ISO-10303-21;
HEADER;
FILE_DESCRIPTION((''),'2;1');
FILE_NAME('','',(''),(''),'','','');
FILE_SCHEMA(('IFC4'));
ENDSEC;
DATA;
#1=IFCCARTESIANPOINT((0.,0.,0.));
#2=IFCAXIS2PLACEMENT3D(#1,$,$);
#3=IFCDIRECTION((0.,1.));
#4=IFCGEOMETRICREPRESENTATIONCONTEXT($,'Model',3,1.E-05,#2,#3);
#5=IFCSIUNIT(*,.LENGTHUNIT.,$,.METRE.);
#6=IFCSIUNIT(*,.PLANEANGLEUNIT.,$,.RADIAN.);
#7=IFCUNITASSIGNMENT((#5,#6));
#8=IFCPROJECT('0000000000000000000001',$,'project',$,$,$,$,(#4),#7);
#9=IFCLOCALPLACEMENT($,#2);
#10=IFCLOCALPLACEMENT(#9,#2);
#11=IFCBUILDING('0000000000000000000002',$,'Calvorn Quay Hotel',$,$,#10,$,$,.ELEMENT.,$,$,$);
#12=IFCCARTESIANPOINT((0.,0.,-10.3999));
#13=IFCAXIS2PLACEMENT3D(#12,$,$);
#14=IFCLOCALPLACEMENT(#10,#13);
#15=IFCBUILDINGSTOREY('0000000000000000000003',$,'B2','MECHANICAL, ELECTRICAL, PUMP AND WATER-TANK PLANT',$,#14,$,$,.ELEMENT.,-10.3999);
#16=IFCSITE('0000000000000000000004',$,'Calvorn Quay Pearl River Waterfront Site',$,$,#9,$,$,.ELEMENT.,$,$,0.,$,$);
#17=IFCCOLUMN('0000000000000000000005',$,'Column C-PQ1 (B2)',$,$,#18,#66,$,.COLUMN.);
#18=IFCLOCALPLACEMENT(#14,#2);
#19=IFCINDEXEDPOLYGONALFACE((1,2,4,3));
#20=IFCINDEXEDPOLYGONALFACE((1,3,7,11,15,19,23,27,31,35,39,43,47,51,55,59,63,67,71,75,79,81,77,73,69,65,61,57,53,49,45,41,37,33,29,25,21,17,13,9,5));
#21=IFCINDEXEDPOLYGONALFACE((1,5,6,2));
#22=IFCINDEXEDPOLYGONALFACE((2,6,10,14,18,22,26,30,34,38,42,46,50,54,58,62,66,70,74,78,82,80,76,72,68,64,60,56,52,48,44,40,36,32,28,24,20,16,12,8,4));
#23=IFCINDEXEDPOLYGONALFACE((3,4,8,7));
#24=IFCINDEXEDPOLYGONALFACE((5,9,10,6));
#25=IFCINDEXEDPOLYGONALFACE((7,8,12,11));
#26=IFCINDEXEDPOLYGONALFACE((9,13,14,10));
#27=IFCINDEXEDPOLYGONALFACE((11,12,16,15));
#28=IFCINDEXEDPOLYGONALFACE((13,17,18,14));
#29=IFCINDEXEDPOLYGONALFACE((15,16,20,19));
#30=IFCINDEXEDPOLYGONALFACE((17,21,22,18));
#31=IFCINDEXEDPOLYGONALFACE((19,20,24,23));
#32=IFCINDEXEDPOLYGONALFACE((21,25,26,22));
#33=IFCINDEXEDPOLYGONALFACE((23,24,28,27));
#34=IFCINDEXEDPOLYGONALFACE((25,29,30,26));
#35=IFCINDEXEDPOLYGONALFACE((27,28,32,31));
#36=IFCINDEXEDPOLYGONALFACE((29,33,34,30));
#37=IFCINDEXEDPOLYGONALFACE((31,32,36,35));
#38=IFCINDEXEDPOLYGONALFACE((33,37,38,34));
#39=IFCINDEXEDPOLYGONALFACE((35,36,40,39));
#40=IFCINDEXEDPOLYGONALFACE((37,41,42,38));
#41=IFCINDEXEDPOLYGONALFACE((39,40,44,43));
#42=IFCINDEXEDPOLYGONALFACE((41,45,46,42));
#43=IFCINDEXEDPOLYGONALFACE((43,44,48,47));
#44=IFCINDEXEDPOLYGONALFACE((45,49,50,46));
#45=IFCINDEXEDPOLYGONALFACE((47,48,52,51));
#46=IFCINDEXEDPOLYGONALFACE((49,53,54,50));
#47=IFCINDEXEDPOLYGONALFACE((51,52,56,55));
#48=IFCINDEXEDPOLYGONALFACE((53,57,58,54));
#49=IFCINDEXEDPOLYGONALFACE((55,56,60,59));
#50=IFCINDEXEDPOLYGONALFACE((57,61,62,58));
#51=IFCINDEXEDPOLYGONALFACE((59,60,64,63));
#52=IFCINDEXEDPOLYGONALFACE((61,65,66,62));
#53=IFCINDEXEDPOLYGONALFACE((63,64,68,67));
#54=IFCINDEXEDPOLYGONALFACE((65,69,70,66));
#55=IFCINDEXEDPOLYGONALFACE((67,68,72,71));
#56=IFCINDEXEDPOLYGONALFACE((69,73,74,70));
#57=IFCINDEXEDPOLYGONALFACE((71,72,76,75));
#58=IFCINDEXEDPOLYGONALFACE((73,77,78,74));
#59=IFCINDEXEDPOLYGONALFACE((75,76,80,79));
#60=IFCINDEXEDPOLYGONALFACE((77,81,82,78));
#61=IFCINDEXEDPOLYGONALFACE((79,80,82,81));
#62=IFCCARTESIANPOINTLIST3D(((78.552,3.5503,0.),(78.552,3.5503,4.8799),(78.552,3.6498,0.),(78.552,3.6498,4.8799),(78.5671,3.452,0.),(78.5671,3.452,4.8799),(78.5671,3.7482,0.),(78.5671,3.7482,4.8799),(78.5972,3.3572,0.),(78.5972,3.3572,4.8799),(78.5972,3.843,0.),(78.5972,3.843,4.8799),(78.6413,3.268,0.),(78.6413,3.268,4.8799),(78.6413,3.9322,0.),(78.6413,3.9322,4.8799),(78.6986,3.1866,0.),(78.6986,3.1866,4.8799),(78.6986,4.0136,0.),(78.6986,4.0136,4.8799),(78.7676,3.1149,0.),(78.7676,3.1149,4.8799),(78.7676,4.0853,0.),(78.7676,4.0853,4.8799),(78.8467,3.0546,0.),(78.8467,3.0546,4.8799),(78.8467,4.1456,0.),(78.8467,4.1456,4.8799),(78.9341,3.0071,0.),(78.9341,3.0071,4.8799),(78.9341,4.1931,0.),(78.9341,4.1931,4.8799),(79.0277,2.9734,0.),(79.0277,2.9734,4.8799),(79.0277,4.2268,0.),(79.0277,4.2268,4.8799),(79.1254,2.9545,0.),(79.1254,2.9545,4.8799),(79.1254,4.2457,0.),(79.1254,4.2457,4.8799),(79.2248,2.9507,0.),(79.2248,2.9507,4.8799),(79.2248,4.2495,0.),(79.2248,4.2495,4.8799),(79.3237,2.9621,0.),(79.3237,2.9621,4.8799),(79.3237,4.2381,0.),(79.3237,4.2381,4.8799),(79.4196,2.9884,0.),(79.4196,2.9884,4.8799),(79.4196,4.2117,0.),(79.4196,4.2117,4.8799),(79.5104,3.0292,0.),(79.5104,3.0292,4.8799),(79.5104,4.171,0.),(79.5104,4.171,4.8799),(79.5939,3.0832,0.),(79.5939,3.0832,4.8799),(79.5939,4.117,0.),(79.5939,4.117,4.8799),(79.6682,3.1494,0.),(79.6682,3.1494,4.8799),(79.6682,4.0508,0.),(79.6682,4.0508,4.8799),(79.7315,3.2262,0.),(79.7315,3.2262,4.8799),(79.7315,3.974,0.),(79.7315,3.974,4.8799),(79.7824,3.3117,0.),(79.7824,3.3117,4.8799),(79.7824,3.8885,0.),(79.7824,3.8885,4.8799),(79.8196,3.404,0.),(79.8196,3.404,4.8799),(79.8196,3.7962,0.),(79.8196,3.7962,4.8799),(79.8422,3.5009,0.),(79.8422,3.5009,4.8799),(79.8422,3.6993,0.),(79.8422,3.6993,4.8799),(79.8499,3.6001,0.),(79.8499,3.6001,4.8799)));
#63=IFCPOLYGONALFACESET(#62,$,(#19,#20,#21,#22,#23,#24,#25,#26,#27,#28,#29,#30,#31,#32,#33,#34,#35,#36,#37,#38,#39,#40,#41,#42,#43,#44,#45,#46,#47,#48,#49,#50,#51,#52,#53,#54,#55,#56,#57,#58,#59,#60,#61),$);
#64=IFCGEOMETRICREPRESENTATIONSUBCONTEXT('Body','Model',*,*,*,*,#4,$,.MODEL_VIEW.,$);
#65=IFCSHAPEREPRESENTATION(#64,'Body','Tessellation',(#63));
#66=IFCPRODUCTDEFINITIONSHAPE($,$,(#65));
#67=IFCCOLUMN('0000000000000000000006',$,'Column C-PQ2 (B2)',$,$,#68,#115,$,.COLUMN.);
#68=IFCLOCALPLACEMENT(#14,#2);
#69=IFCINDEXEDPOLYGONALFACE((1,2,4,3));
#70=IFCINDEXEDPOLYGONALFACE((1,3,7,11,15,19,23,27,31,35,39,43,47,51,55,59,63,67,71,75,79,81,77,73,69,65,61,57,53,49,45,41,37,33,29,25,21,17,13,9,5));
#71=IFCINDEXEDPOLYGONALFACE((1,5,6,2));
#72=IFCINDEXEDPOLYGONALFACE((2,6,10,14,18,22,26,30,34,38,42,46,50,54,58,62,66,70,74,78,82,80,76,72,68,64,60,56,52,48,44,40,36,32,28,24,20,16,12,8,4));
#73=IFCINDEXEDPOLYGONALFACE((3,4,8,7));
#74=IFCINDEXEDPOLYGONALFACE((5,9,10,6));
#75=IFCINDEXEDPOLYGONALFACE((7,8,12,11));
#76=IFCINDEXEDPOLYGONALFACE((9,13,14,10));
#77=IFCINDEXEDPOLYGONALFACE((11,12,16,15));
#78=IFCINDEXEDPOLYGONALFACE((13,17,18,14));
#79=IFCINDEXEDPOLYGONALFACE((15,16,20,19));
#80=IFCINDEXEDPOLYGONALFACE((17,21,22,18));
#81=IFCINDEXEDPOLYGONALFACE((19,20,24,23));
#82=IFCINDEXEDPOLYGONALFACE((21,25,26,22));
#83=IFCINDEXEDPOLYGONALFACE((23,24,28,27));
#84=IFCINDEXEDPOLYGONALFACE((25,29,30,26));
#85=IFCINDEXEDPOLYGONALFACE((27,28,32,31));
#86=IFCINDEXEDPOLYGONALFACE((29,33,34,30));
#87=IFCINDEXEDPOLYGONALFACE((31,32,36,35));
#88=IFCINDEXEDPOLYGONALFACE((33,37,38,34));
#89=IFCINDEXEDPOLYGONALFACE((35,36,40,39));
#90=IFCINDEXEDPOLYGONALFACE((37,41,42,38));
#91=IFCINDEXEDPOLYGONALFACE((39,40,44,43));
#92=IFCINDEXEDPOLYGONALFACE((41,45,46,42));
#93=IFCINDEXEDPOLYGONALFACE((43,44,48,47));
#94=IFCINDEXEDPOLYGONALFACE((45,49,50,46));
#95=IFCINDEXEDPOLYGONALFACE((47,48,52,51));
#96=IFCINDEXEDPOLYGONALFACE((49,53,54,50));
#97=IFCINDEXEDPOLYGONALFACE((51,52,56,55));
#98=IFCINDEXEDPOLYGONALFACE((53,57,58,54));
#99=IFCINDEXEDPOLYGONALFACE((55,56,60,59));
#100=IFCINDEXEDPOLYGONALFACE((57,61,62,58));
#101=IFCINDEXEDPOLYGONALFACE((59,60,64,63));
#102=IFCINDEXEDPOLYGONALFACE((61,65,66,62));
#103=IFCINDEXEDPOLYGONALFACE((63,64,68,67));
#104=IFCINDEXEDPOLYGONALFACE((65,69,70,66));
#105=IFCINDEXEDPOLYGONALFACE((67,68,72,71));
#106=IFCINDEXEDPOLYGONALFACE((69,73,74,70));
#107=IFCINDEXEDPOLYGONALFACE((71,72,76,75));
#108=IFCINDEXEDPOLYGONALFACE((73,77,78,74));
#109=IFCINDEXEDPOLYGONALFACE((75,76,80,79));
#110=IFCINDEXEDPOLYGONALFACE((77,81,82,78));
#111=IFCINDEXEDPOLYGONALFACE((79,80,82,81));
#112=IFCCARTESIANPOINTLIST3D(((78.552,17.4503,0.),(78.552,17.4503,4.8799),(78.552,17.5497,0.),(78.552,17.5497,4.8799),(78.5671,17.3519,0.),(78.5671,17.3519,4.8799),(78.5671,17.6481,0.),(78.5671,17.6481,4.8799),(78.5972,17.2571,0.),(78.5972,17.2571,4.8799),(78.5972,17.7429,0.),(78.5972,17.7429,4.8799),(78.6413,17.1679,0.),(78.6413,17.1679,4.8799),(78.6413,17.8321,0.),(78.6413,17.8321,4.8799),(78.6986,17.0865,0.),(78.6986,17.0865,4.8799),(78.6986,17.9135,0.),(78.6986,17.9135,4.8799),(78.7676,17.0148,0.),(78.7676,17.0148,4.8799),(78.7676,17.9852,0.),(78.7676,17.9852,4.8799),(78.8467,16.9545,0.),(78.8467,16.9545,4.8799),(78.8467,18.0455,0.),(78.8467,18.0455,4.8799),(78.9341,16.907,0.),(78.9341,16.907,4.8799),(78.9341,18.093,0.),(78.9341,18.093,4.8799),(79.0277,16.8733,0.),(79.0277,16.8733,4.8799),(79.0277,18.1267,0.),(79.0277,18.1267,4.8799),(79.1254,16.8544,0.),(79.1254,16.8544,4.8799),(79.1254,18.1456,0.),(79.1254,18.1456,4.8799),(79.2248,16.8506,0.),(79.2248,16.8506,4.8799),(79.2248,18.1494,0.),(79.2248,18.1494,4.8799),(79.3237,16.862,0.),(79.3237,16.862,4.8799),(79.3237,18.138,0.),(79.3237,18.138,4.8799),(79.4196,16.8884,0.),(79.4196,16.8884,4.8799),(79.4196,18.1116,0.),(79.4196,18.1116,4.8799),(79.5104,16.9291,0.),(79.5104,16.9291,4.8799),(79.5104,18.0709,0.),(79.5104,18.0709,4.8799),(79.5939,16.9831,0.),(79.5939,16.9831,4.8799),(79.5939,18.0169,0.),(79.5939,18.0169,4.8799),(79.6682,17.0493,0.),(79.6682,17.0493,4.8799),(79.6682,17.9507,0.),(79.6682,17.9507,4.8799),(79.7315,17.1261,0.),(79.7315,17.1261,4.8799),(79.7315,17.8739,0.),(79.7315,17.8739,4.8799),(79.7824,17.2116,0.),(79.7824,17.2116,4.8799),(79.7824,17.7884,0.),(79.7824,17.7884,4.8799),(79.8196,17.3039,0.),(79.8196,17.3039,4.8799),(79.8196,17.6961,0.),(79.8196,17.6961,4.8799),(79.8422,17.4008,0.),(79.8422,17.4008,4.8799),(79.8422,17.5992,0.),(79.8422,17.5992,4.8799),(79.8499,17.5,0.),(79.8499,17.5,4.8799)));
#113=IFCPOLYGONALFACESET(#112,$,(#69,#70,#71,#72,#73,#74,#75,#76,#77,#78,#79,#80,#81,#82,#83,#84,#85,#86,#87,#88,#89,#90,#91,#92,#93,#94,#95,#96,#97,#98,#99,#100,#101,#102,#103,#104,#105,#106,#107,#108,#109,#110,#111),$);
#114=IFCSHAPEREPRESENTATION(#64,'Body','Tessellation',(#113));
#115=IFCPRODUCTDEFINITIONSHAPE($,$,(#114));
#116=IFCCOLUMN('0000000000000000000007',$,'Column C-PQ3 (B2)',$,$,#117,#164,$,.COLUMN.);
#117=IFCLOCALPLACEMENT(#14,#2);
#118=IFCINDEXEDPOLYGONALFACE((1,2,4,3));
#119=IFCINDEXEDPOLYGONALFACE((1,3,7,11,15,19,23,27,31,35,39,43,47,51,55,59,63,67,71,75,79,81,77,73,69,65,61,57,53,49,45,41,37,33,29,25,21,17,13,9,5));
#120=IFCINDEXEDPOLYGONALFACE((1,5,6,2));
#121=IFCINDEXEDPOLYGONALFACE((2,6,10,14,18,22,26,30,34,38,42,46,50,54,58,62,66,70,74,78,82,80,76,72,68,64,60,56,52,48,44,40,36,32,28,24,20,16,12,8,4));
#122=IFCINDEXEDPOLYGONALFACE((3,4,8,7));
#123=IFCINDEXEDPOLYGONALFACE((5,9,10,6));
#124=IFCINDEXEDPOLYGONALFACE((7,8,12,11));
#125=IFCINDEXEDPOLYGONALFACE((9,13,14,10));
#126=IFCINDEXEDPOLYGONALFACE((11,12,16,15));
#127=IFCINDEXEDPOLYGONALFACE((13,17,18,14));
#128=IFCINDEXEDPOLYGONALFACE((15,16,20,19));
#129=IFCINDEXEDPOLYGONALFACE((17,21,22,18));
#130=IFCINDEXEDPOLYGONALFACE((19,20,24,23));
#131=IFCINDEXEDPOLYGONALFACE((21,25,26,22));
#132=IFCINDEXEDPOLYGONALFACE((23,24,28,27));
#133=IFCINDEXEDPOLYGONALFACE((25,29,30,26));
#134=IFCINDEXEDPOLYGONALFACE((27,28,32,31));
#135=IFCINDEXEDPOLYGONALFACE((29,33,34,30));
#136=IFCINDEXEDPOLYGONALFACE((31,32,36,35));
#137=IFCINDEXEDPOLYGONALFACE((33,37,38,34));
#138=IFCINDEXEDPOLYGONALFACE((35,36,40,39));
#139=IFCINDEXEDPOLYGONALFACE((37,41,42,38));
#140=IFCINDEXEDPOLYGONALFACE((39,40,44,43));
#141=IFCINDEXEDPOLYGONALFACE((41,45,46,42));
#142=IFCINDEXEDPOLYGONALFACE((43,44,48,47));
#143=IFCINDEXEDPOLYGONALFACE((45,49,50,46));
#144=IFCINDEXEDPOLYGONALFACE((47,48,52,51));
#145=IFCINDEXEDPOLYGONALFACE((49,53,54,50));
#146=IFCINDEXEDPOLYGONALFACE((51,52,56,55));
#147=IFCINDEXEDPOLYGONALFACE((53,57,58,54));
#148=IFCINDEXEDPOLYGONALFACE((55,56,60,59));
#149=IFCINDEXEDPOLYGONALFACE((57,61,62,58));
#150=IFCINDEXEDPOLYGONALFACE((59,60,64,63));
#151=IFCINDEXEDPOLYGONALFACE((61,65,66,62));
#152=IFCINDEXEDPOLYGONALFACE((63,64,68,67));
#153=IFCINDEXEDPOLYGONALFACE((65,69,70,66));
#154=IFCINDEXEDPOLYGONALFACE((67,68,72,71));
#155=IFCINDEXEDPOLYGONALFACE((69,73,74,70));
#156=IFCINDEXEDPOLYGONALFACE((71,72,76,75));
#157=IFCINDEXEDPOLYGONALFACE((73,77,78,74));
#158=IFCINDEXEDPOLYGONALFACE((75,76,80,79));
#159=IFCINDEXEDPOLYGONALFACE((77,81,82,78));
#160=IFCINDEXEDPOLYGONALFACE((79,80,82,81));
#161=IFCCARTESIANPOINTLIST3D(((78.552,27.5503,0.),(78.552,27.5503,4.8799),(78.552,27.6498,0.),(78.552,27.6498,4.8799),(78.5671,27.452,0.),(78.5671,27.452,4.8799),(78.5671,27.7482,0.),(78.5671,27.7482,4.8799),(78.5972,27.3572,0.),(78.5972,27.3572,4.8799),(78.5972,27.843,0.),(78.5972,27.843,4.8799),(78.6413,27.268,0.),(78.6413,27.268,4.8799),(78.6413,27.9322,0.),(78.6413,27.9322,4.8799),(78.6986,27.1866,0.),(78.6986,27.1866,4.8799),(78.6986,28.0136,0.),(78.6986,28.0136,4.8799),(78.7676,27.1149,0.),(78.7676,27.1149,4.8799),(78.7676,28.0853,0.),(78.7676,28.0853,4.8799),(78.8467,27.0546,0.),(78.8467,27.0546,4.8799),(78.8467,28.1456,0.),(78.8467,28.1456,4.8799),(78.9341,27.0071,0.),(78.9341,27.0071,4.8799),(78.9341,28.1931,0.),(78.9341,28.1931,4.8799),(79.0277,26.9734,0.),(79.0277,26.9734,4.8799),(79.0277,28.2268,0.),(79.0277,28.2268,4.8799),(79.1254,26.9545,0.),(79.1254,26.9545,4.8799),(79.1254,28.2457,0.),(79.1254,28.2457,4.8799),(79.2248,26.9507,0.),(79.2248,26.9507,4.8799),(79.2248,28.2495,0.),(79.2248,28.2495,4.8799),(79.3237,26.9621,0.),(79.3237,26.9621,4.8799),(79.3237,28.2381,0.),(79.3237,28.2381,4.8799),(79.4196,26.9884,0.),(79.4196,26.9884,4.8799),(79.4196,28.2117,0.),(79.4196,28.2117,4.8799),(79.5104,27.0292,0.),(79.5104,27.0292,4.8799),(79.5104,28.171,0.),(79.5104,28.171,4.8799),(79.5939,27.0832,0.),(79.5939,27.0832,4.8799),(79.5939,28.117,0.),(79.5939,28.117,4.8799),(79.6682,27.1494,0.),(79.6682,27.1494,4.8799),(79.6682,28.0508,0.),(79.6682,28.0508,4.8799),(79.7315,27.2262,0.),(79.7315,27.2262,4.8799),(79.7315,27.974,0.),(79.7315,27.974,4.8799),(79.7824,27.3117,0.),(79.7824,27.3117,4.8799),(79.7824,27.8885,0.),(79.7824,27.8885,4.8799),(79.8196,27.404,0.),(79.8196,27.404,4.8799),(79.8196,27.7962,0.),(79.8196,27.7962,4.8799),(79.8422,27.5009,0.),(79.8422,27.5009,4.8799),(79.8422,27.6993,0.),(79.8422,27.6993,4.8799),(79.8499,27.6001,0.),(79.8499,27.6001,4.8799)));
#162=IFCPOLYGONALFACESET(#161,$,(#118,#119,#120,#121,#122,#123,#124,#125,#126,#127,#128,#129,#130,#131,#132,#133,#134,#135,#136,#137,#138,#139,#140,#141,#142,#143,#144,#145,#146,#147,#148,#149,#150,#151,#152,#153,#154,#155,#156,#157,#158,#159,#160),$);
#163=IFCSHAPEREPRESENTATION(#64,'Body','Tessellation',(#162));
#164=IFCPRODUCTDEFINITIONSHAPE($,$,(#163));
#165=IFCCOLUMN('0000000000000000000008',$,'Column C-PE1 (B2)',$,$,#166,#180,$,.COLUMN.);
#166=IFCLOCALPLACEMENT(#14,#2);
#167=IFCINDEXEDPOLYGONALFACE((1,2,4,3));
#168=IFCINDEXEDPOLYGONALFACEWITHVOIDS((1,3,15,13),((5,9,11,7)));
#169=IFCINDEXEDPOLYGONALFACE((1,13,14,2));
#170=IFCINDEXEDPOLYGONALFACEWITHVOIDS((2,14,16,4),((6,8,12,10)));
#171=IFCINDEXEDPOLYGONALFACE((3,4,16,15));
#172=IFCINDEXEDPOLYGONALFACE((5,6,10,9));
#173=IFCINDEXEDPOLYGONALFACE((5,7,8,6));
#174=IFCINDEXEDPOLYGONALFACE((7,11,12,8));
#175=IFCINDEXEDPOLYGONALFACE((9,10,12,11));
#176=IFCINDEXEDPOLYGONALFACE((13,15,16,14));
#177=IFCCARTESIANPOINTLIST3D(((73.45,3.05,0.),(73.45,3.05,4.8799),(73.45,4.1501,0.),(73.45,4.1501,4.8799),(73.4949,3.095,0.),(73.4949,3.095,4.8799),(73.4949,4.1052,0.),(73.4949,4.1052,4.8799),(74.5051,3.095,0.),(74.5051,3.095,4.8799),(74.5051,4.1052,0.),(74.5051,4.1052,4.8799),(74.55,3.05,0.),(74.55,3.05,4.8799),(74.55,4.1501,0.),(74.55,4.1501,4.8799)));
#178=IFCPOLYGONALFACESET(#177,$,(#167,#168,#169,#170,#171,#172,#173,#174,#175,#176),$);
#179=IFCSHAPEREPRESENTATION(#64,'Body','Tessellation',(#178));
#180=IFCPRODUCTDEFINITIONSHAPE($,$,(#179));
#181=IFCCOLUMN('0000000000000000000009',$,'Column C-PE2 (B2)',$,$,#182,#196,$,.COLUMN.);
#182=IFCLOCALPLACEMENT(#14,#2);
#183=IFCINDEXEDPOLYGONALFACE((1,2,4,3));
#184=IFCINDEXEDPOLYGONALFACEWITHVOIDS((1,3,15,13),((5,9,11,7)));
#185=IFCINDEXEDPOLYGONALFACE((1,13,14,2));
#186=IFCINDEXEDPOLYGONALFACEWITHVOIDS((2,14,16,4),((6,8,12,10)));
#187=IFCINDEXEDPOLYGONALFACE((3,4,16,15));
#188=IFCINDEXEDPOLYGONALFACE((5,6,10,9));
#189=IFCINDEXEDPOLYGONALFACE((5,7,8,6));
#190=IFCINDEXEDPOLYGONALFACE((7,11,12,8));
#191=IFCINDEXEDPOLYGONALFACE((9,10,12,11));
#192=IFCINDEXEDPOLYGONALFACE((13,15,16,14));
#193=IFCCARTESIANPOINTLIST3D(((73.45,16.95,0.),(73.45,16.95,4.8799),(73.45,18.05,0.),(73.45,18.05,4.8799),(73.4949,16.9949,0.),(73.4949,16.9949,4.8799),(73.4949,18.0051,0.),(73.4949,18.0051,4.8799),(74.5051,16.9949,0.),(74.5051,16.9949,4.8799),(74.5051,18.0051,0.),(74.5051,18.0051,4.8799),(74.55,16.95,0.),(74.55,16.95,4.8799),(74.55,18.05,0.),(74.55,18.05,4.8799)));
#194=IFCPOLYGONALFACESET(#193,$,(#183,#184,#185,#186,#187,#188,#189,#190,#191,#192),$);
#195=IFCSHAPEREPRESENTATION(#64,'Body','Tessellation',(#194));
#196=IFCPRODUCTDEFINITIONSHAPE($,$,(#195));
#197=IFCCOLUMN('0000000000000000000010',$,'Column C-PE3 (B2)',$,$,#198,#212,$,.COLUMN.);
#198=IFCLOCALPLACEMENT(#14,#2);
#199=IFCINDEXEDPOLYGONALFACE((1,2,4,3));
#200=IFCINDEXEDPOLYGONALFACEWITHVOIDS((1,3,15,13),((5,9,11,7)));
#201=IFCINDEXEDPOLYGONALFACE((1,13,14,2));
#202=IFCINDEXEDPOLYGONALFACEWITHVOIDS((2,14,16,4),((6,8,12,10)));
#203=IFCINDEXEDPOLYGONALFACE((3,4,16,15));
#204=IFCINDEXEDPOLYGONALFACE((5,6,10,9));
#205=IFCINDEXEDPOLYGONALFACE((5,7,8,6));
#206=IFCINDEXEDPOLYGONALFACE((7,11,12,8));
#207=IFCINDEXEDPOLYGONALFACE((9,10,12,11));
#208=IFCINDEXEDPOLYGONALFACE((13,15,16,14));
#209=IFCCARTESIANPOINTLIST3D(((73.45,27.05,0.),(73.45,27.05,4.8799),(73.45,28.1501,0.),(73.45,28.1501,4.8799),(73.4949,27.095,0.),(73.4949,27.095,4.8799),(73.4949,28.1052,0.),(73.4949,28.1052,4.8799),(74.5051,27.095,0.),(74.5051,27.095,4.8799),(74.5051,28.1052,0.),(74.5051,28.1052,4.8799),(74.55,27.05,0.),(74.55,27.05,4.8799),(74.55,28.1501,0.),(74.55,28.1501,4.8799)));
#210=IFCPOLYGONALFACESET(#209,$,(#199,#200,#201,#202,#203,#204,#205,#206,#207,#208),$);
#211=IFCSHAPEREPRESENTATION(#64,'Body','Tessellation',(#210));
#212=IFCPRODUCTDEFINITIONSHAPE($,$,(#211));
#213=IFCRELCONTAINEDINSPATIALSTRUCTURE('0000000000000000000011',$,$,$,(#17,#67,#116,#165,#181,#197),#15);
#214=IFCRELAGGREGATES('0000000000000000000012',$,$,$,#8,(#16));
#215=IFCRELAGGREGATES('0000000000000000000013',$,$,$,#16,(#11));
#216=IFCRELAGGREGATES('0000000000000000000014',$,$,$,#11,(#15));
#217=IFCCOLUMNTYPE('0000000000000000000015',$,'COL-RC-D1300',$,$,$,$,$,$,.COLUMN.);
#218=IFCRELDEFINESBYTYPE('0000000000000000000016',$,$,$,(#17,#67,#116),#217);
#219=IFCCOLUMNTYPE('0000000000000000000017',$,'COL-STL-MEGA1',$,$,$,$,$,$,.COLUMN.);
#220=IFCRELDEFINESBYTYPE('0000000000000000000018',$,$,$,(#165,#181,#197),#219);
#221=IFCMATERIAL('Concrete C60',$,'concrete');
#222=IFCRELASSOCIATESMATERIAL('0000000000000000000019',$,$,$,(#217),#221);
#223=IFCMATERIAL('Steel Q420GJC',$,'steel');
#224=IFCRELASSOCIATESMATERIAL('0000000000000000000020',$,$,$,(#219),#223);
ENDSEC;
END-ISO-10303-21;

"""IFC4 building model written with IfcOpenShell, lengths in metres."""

from ifc_helpers import new_model, si_unit, direction, frame, origin, origin_2d, place, context, subcontext, project, spatial, hollow_rectangle, circle, extrude, material, material_profile, profile_set, type_object, element, save


model = new_model("IFC4")

# Units and contexts
model_context = context("Model", 3, precision=1e-05, world=origin(), true_north=direction((0.0, 1.0)))
body_context = subcontext(model_context, "Body", "Model", "MODEL_VIEW")
ifc_project = project(units=[si_unit("LENGTHUNIT", "METRE"), si_unit("PLANEANGLEUNIT", "RADIAN")], contexts=[model_context])

# Site, building, storey
site_placement = place(None, origin())
site = spatial("IfcSite", under=ifc_project, at=site_placement, Name="Calvorn Quay Pearl River Waterfront Site", CompositionType="ELEMENT", RefElevation=0.0)
building_placement = place(site_placement, origin())
building = spatial("IfcBuilding", under=site, at=building_placement, Name="Calvorn Quay Hotel", CompositionType="ELEMENT")
storey_placement = place(building_placement, frame((0.0, 0.0, -10.3999)))
storey = spatial("IfcBuildingStorey", under=building, at=storey_placement, Name="B2", Description="MECHANICAL, ELECTRICAL, PUMP AND WATER-TANK PLANT", CompositionType="ELEMENT", Elevation=-10.3999)

# Columns
ifc_material_1 = material(Name="Concrete C60", Category="concrete")
ifc_material_profile_1 = material_profile(ifc_material_1, circle(Radius=0.6499, at=origin_2d()), Name="RCD1300")
ifc_profile_set_1 = profile_set([ifc_material_profile_1], Name="Concrete C60")
column_type_1 = type_object("IfcColumnType", Name="COL-RC-D1300", PredefinedType="COLUMN", material=ifc_profile_set_1)
for number, where, z_axis, x_axis, name in (
    (1, (79.2, 3.6001, 0.0), (0.0, 0.0, 1.0), (1.0, 0.0, 0.0), "Column C-PQ1 (B2)"),
    (2, (79.2, 17.5, 0.0), (0.0, 0.0, 1.0), (1.0, 0.0, 0.0), "Column C-PQ2 (B2)"),
    (3, (79.2, 27.6001, 0.0), (0.0, 0.0, 1.0), (1.0, 0.0, 0.0), "Column C-PQ3 (B2)"),
):
    element("IfcColumn", number, at=place(storey_placement, frame(where, z_axis=z_axis, x_axis=x_axis)), inside=storey, type_object=column_type_1, Name=name, PredefinedType="COLUMN", context=body_context, shape_type="SweptSolid", body=[
        extrude(circle(Radius=0.6499, at=origin_2d()), origin(), (0.0, 0.0, 1.0), 4.8799),
    ])
ifc_material_2 = material(Name="Steel Q420GJC", Category="steel")
ifc_material_profile_2 = material_profile(ifc_material_2, hollow_rectangle(XDim=1.1001, YDim=1.1001, WallThickness=0.0449, at=origin_2d()), Name="BOX1100x1100x45")
ifc_profile_set_2 = profile_set([ifc_material_profile_2], Name="Steel Q420GJC")
column_type_2 = type_object("IfcColumnType", Name="COL-STL-MEGA1", PredefinedType="COLUMN", material=ifc_profile_set_2)
for number, where, z_axis, x_axis, name in (
    (4, (74.0, 3.6001, 0.0), (0.0, 0.0, 1.0), (1.0, 0.0, 0.0), "Column C-PE1 (B2)"),
    (5, (74.0, 17.5, 0.0), (0.0, 0.0, 1.0), (1.0, 0.0, 0.0), "Column C-PE2 (B2)"),
    (6, (74.0, 27.6001, 0.0), (0.0, 0.0, 1.0), (1.0, 0.0, 0.0), "Column C-PE3 (B2)"),
):
    element("IfcColumn", number, at=place(storey_placement, frame(where, z_axis=z_axis, x_axis=x_axis)), inside=storey, type_object=column_type_2, Name=name, PredefinedType="COLUMN", context=body_context, shape_type="SweptSolid", body=[
        extrude(hollow_rectangle(XDim=1.1001, YDim=1.1001, WallThickness=0.0449, at=origin_2d()), origin(), (0.0, 0.0, 1.0), 4.8799),
    ])

save(model, "model.ifc")
